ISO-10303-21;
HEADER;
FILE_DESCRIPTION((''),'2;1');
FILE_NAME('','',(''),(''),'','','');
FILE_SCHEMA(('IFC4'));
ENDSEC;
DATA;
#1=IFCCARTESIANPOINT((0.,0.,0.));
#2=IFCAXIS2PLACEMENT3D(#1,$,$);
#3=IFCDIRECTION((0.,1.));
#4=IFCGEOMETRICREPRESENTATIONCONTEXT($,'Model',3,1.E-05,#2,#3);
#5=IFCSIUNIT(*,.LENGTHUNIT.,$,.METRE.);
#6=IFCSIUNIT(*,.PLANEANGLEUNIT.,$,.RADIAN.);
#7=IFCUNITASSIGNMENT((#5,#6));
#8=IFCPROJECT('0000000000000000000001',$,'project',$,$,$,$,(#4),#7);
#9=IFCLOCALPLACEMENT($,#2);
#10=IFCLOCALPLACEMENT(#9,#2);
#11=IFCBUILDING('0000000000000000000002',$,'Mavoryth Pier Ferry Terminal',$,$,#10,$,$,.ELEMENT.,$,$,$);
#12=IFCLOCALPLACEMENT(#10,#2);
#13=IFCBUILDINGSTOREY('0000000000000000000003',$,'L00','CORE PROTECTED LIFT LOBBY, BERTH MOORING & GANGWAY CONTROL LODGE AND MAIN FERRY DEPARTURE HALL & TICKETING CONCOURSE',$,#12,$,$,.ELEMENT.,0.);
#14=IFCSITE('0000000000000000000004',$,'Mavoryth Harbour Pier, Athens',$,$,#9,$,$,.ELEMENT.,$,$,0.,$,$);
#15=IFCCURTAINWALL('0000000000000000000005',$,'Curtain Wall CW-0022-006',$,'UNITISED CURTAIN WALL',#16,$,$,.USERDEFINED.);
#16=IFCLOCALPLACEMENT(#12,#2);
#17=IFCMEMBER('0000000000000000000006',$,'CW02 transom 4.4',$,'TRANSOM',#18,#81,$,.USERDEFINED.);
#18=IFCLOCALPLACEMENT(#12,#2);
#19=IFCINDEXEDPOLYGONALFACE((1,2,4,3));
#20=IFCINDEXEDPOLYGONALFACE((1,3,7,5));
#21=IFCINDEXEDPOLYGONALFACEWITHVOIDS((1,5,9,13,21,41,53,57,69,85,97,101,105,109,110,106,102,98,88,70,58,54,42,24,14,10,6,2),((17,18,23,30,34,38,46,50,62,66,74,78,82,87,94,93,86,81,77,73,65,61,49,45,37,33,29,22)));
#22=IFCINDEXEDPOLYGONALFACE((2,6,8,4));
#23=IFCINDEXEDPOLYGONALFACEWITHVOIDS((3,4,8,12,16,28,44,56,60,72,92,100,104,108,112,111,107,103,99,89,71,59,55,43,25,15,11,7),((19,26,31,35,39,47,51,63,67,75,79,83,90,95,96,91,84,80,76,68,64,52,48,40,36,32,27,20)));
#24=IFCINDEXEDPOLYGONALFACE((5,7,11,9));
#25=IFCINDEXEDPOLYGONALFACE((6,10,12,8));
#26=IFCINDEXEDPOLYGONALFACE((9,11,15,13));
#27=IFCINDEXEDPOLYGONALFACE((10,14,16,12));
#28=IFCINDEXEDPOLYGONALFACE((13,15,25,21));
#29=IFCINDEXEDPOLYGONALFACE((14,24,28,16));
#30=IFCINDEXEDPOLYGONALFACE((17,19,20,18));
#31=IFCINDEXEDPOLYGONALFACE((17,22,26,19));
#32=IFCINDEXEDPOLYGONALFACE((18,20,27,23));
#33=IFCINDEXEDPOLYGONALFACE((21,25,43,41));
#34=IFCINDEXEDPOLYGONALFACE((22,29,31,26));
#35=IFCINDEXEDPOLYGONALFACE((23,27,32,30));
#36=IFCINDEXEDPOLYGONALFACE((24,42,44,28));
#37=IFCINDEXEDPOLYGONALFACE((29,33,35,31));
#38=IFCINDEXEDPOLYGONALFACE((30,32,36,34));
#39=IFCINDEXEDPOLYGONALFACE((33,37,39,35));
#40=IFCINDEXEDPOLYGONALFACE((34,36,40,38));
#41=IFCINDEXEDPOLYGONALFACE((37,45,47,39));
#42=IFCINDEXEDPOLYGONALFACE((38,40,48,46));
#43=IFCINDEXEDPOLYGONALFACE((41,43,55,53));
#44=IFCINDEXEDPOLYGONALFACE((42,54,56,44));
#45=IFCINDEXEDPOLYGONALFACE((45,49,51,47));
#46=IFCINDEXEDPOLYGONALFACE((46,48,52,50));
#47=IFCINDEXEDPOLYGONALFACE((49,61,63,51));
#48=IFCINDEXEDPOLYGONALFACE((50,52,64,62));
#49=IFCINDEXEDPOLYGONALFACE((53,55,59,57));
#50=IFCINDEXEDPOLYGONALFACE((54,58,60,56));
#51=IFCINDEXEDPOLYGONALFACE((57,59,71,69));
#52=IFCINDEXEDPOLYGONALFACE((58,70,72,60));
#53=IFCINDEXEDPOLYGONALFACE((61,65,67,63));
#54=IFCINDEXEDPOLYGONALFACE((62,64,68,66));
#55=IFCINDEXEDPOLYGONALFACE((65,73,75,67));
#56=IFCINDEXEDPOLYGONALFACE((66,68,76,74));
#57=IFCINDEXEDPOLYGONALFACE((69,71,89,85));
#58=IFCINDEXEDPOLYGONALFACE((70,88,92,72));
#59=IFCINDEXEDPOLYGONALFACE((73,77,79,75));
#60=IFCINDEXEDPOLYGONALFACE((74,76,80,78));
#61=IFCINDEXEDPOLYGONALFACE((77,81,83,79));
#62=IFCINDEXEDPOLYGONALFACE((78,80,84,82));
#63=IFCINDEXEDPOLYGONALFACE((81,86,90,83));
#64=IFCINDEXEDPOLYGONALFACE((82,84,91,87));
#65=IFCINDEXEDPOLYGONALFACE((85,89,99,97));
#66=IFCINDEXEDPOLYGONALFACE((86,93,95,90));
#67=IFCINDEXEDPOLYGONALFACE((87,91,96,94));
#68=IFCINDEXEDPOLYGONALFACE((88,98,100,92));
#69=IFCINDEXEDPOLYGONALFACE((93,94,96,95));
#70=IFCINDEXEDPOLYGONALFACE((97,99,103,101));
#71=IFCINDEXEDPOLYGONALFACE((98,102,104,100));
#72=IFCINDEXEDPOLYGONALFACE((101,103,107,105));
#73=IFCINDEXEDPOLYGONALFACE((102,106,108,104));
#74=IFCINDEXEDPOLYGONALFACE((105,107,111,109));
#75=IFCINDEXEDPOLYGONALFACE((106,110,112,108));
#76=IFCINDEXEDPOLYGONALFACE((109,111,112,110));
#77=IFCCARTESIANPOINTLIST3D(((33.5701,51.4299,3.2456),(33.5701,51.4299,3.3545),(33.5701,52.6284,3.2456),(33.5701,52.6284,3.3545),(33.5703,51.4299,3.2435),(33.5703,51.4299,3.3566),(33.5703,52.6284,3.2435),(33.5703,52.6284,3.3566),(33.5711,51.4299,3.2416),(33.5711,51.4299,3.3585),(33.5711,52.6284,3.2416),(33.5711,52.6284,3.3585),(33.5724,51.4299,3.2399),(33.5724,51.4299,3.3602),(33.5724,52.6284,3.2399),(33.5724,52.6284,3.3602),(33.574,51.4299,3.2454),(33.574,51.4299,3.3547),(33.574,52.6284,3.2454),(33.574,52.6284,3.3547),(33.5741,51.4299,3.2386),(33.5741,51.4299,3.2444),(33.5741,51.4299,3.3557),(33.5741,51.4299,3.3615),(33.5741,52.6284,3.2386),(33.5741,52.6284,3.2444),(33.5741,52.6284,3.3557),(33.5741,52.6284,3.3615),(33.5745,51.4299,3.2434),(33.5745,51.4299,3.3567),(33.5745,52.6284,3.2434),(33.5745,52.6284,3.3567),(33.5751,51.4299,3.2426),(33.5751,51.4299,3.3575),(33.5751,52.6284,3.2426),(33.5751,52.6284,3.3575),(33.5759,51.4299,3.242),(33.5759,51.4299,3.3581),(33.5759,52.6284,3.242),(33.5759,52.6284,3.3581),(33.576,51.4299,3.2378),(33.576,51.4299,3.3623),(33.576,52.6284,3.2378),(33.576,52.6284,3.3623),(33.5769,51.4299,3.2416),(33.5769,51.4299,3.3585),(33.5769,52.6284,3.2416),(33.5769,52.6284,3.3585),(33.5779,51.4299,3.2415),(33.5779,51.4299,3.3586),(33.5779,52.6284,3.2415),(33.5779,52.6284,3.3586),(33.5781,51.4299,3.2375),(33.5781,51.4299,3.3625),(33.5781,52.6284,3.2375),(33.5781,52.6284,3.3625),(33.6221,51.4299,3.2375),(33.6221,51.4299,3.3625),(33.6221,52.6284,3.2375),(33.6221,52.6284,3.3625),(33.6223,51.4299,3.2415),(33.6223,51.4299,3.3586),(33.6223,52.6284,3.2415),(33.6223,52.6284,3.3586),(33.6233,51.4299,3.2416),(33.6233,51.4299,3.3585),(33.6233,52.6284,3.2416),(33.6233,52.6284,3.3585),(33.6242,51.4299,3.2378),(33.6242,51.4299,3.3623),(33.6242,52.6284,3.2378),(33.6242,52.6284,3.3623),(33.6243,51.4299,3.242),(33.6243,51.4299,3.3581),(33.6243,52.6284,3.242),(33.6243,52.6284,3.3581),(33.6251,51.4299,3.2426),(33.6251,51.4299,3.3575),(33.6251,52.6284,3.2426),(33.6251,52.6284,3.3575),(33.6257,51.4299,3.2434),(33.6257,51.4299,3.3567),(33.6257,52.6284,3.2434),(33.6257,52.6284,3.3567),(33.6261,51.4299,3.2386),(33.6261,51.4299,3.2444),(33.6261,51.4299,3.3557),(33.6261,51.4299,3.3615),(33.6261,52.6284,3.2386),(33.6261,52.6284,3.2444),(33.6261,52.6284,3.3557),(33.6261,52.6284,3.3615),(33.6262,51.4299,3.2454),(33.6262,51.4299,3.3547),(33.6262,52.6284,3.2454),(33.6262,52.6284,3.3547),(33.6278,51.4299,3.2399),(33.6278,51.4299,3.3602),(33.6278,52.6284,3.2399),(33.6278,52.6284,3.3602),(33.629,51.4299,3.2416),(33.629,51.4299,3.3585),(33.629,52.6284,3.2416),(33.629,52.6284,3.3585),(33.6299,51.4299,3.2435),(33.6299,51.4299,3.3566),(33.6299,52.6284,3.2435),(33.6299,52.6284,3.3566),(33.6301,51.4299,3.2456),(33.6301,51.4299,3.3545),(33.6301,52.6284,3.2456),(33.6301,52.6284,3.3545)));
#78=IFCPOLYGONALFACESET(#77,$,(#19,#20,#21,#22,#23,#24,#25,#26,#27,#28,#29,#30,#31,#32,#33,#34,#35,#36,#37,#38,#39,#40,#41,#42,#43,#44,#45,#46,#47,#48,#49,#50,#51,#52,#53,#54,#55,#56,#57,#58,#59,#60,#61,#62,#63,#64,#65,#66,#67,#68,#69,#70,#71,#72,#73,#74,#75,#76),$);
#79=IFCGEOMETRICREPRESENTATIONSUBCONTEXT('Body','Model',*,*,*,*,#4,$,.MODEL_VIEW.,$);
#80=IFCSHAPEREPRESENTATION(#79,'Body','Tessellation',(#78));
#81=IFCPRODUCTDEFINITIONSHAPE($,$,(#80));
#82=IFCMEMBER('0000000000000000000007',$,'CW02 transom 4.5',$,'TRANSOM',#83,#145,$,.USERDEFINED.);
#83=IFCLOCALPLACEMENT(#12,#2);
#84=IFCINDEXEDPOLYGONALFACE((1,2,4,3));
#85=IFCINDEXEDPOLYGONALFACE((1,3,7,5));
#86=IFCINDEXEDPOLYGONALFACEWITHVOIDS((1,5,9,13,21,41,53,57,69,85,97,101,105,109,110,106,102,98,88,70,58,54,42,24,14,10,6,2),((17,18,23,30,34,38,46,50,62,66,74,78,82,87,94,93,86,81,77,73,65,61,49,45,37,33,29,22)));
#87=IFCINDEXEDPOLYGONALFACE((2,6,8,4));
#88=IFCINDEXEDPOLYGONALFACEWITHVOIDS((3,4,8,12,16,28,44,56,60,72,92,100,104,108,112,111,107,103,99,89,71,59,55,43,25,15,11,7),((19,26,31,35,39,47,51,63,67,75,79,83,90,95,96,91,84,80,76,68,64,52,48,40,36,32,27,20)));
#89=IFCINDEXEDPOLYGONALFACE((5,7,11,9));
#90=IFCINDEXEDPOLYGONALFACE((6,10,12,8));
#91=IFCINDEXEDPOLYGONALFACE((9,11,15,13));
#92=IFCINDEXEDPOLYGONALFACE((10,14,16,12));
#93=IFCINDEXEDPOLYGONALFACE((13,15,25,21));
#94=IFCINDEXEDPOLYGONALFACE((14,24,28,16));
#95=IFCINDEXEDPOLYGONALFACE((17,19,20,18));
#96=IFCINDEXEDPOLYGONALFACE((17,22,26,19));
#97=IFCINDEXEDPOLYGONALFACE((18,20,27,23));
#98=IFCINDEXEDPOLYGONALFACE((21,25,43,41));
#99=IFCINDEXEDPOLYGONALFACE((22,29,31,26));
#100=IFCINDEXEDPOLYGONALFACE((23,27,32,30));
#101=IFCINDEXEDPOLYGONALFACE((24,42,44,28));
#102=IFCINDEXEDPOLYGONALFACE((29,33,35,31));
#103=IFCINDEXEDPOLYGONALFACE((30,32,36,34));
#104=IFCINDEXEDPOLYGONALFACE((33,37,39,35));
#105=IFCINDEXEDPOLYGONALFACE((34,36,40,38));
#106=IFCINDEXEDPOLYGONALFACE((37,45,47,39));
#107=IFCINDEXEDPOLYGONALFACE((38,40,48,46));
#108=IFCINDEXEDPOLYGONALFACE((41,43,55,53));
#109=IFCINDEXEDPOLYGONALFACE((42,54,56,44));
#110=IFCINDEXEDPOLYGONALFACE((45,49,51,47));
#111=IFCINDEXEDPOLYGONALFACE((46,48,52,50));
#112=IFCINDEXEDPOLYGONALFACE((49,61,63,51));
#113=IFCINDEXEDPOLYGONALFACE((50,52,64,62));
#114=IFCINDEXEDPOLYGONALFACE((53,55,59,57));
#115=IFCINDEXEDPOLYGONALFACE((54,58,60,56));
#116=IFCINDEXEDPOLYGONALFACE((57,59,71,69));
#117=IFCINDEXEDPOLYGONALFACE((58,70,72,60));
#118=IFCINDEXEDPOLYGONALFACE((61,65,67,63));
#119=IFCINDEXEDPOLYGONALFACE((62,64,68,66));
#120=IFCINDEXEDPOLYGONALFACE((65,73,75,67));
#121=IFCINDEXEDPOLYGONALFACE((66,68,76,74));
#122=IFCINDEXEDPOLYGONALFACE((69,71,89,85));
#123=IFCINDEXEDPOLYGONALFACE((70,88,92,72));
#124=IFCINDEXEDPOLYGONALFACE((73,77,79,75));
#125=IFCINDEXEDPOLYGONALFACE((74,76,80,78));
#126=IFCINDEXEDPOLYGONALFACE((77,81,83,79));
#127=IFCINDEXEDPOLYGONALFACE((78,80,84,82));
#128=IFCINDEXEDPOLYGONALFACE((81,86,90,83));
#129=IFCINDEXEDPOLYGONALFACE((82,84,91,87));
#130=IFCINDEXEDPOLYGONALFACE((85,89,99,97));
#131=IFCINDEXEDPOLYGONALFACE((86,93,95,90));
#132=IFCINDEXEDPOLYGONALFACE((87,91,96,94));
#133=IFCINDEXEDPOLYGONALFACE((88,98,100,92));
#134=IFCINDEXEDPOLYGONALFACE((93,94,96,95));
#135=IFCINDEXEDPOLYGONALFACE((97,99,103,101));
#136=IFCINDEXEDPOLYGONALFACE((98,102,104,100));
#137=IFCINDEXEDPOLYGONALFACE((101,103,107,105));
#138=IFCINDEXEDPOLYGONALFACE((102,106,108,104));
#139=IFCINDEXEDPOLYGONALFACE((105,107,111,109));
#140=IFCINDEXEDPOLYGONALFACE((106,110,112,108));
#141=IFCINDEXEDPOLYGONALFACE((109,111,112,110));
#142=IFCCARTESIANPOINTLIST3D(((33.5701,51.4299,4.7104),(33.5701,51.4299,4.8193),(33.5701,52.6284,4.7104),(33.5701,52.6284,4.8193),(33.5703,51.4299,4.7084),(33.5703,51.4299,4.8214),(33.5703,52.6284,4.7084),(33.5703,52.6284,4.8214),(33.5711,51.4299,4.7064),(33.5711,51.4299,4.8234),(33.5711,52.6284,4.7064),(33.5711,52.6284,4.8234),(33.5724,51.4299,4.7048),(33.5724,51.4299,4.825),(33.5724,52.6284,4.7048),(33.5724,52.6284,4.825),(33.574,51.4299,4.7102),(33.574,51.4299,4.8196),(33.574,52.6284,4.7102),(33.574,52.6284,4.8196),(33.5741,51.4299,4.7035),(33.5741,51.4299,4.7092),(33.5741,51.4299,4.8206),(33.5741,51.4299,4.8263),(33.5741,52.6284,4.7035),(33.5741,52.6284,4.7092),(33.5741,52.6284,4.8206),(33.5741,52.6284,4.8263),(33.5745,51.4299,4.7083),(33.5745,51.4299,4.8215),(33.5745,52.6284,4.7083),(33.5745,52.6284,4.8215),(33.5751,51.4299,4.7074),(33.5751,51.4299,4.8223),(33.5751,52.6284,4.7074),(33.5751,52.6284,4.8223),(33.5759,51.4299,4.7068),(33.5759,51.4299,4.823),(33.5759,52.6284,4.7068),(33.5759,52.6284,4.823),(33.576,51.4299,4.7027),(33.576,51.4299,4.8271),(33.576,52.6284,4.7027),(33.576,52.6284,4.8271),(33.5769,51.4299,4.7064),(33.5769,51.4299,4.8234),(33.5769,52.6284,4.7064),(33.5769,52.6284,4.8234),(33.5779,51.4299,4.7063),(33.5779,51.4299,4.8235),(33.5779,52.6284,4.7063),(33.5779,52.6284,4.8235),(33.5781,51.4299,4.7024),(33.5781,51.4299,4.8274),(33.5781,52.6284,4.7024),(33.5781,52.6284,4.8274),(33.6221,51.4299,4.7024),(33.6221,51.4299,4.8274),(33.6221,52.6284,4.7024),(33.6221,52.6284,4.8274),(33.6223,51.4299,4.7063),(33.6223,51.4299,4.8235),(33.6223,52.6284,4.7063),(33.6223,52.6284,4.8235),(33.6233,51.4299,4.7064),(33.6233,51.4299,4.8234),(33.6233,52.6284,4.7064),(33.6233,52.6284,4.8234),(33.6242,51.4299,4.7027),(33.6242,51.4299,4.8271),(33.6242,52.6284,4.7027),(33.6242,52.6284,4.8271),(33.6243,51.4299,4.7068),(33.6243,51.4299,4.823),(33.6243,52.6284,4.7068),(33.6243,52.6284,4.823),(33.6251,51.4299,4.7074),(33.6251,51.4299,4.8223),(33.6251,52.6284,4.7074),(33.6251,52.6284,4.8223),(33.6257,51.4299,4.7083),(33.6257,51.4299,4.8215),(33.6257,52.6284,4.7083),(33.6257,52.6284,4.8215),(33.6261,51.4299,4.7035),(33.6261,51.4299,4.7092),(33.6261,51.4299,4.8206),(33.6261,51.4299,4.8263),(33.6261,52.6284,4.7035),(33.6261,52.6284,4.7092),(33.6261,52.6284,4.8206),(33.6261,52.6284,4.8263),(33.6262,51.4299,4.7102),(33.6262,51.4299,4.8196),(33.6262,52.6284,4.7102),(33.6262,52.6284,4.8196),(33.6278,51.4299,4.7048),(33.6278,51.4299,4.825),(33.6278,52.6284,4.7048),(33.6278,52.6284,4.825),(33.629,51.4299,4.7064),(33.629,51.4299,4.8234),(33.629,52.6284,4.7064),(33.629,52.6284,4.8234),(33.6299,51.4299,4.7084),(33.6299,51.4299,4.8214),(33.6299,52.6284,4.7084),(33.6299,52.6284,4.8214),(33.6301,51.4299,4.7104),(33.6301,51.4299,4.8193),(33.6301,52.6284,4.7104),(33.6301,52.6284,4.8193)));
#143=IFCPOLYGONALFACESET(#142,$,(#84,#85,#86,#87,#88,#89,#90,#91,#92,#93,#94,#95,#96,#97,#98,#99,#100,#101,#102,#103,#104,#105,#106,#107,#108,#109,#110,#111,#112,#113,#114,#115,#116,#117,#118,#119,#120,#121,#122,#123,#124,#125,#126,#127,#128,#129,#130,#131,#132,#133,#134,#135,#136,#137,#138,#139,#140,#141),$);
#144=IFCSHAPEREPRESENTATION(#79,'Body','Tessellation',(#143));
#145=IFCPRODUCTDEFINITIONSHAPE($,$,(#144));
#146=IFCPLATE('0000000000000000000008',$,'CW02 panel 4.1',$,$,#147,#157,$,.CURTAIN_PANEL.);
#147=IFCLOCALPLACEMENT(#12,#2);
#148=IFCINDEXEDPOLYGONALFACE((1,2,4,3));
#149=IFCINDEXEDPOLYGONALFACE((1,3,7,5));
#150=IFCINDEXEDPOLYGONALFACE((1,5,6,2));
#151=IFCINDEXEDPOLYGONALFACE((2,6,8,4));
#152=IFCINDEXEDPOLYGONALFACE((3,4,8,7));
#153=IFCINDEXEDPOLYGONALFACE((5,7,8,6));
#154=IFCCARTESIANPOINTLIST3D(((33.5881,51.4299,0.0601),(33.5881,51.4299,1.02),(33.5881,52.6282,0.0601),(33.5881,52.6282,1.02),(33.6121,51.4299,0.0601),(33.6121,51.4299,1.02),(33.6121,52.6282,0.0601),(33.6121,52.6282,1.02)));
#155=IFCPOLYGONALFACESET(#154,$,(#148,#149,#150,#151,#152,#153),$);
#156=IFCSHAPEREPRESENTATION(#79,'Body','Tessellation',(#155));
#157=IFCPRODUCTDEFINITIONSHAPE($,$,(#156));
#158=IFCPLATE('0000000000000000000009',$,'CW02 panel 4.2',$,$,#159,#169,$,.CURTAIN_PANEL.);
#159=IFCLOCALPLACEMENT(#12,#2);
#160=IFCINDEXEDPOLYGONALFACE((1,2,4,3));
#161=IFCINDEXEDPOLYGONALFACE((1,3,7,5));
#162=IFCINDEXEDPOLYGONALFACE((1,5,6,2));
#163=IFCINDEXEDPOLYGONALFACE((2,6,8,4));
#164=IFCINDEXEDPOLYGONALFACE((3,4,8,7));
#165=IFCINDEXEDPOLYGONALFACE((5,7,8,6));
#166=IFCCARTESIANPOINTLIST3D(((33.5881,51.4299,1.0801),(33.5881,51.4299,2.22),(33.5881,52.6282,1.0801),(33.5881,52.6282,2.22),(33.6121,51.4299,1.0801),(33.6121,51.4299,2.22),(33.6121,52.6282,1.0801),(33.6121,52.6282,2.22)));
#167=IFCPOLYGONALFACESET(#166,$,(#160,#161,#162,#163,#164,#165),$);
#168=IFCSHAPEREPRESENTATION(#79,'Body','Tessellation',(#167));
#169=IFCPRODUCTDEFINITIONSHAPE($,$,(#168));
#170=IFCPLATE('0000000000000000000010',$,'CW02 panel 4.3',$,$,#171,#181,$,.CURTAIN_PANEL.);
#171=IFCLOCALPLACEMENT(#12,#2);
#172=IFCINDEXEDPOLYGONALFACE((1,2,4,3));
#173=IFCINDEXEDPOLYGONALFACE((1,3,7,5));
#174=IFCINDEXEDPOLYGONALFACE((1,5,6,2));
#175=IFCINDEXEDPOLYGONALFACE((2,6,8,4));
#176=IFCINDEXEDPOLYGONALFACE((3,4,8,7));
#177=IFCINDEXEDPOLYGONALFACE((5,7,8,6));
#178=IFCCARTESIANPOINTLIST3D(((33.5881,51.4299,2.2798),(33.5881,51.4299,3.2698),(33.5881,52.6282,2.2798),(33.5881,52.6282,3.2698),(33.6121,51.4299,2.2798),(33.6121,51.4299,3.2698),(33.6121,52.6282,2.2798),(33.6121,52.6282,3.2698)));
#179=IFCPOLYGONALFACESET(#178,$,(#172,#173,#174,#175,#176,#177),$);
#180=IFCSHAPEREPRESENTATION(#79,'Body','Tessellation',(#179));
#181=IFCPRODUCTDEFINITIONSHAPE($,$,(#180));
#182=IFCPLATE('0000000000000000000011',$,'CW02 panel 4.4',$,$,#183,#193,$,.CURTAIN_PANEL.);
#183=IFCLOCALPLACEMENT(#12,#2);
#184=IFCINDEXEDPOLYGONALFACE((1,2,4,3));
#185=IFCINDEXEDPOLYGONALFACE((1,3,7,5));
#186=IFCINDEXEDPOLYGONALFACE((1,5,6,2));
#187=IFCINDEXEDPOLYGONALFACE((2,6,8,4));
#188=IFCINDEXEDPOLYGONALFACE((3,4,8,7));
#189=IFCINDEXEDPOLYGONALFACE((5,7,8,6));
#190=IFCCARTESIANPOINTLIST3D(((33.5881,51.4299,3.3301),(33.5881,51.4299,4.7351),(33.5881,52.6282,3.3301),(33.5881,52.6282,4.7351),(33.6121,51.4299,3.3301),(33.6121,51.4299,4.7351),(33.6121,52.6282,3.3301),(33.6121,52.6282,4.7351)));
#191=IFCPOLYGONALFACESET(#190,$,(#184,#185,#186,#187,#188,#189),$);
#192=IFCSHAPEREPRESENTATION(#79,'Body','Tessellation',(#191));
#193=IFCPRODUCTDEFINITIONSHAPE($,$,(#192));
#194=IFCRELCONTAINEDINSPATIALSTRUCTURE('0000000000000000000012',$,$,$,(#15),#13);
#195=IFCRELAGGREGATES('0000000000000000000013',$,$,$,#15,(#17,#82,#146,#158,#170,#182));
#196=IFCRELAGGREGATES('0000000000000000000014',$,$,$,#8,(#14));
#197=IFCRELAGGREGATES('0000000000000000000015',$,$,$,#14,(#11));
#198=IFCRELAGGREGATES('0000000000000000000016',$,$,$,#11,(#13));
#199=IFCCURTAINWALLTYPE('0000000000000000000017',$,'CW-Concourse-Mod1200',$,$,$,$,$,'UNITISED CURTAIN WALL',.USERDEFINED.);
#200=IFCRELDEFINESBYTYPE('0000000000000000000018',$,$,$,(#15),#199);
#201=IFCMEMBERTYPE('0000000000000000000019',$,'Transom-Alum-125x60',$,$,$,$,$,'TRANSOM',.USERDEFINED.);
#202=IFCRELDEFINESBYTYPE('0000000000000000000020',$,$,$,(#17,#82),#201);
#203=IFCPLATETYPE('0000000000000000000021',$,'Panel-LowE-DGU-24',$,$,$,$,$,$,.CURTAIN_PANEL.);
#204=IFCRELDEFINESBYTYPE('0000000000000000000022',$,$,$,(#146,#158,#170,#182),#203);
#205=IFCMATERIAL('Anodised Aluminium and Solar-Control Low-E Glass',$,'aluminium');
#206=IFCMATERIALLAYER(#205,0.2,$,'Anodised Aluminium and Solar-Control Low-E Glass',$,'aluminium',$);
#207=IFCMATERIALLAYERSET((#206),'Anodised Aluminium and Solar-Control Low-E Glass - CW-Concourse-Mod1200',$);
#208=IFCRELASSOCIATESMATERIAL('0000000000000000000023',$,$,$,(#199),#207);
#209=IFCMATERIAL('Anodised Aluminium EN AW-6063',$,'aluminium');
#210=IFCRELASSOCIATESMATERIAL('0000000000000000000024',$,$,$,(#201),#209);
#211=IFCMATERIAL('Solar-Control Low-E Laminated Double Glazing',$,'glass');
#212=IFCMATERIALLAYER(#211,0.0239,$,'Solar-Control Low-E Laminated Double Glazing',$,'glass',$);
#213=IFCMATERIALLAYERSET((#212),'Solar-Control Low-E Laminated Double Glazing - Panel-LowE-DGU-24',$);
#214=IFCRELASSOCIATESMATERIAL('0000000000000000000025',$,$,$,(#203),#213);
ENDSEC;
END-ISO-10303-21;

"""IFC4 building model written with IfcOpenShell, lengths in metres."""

from ifc_helpers import new_model, si_unit, direction, frame, origin, origin_2d, place, context, subcontext, project, spatial, rectangle, hollow_rectangle, extrude, material, layer, layer_set, material_profile, profile_set, type_object, element, aggregate, save


model = new_model("IFC4")

# Units and contexts
model_context = context("Model", 3, precision=1e-05, world=origin(), true_north=direction((0.0, 1.0)))
body_context = subcontext(model_context, "Body", "Model", "MODEL_VIEW")
ifc_project = project(units=[si_unit("LENGTHUNIT", "METRE"), si_unit("PLANEANGLEUNIT", "RADIAN")], contexts=[model_context])

# Site, building, storey
site_placement = place(None, origin())
site = spatial("IfcSite", under=ifc_project, at=site_placement, Name="Mavoryth Harbour Pier, Athens", CompositionType="ELEMENT", RefElevation=0.0)
building_placement = place(site_placement, origin())
building = spatial("IfcBuilding", under=site, at=building_placement, Name="Mavoryth Pier Ferry Terminal", CompositionType="ELEMENT")
storey_placement = place(building_placement, origin())
storey = spatial("IfcBuildingStorey", under=building, at=storey_placement, Name="L00", Description="CORE PROTECTED LIFT LOBBY, BERTH MOORING & GANGWAY CONTROL LODGE AND MAIN FERRY DEPARTURE HALL & TICKETING CONCOURSE", CompositionType="ELEMENT", Elevation=0.0)

# Curtain wall, members, plates
ifc_material_1 = material(Name="Anodised Aluminium and Solar-Control Low-E Glass", Category="aluminium")
ifc_layer_1 = layer(ifc_material_1, 0.2, Name="Anodised Aluminium and Solar-Control Low-E Glass", Category="aluminium")
ifc_layer_set_1 = layer_set([ifc_layer_1], Name="Anodised Aluminium and Solar-Control Low-E Glass - CW-Concourse-Mod1200")
curtain_wall_type = type_object("IfcCurtainWallType", Name="CW-Concourse-Mod1200", ElementType="UNITISED CURTAIN WALL", PredefinedType="USERDEFINED", material=ifc_layer_set_1)
curtain_wall_placement = place(storey_placement, origin())
curtain_wall = element("IfcCurtainWall", 1, at=curtain_wall_placement, inside=storey, type_object=curtain_wall_type, Name="Curtain Wall CW-0022-006", ObjectType="UNITISED CURTAIN WALL", PredefinedType="USERDEFINED")
ifc_material_2 = material(Name="Anodised Aluminium EN AW-6063", Category="aluminium")
ifc_material_profile_1 = material_profile(ifc_material_2, hollow_rectangle(XDim=0.0601, YDim=0.125, WallThickness=0.0039, InnerFilletRadius=0.0039, OuterFilletRadius=0.0081, at=origin_2d()), Name="AL-TRAN 125x60x4", Category="aluminium")
ifc_profile_set_1 = profile_set([ifc_material_profile_1], Name="Anodised Aluminium EN AW-6063 - AL-TRAN 125x60x4")
member_type_1 = type_object("IfcMemberType", Name="Transom-Alum-125x60", ElementType="TRANSOM", PredefinedType="USERDEFINED", material=ifc_profile_set_1)
member_1_placement = place(storey_placement, frame((33.6001, 51.4299, 3.3), z_axis=(0.0, 1.0, 0.0), x_axis=(-1.0, 0.0, 0.0)))
member_1 = element("IfcMember", 2, at=member_1_placement, type_object=member_type_1, Name="CW02 transom 4.4", ObjectType="TRANSOM", PredefinedType="USERDEFINED", context=body_context, shape_type="SweptSolid", body=[
    extrude(hollow_rectangle(XDim=0.0601, YDim=0.125, WallThickness=0.0039, InnerFilletRadius=0.0039, OuterFilletRadius=0.0081, at=origin_2d()), origin(), (0.0, 0.0, 1.0), 1.1985),
])
member_2_placement = place(storey_placement, frame((33.6001, 51.4299, 4.7649), z_axis=(0.0, 1.0, 0.0), x_axis=(-1.0, 0.0, 0.0)))
member_2 = element("IfcMember", 3, at=member_2_placement, type_object=member_type_1, Name="CW02 transom 4.5", ObjectType="TRANSOM", PredefinedType="USERDEFINED", context=body_context, shape_type="SweptSolid", body=[
    extrude(hollow_rectangle(XDim=0.0601, YDim=0.125, WallThickness=0.0039, InnerFilletRadius=0.0039, OuterFilletRadius=0.0081, at=origin_2d()), origin(), (0.0, 0.0, 1.0), 1.1985),
])
ifc_material_3 = material(Name="Solar-Control Low-E Laminated Double Glazing", Category="glass")
ifc_layer_2 = layer(ifc_material_3, 0.0239, Name="Solar-Control Low-E Laminated Double Glazing", Category="glass")
ifc_layer_set_2 = layer_set([ifc_layer_2], Name="Solar-Control Low-E Laminated Double Glazing - Panel-LowE-DGU-24")
plate_type = type_object("IfcPlateType", Name="Panel-LowE-DGU-24", PredefinedType="CURTAIN_PANEL", material=ifc_layer_set_2)
plate_1_placement = place(storey_placement, frame((33.6001, 52.0291, 0.0601), z_axis=(0.0, 0.0, 1.0), x_axis=(0.0, 1.0, 0.0)))
plate_1 = element("IfcPlate", 4, at=plate_1_placement, type_object=plate_type, Name="CW02 panel 4.1", PredefinedType="CURTAIN_PANEL", context=body_context, shape_type="SweptSolid", body=[
    extrude(rectangle(XDim=1.1982, YDim=0.0239, at=origin_2d()), origin(), (0.0, 0.0, 1.0), 0.96),
])
plate_2_placement = place(storey_placement, frame((33.6001, 52.0291, 1.0801), z_axis=(0.0, 0.0, 1.0), x_axis=(0.0, 1.0, 0.0)))
plate_2 = element("IfcPlate", 5, at=plate_2_placement, type_object=plate_type, Name="CW02 panel 4.2", PredefinedType="CURTAIN_PANEL", context=body_context, shape_type="SweptSolid", body=[
    extrude(rectangle(XDim=1.1982, YDim=0.0239, at=origin_2d()), origin(), (0.0, 0.0, 1.0), 1.1399),
])
plate_3_placement = place(storey_placement, frame((33.6001, 52.0291, 2.2798), z_axis=(0.0, 0.0, 1.0), x_axis=(0.0, 1.0, 0.0)))
plate_3 = element("IfcPlate", 6, at=plate_3_placement, type_object=plate_type, Name="CW02 panel 4.3", PredefinedType="CURTAIN_PANEL", context=body_context, shape_type="SweptSolid", body=[
    extrude(rectangle(XDim=1.1982, YDim=0.0239, at=origin_2d()), origin(), (0.0, 0.0, 1.0), 0.99),
])
plate_4_placement = place(storey_placement, frame((33.6001, 52.0291, 3.3301), z_axis=(0.0, 0.0, 1.0), x_axis=(0.0, 1.0, 0.0)))
plate_4 = element("IfcPlate", 7, at=plate_4_placement, type_object=plate_type, Name="CW02 panel 4.4", PredefinedType="CURTAIN_PANEL", context=body_context, shape_type="SweptSolid", body=[
    extrude(rectangle(XDim=1.1982, YDim=0.0239, at=origin_2d()), origin(), (0.0, 0.0, 1.0), 1.405),
])
aggregate(curtain_wall, [member_1, member_2, plate_1, plate_2, plate_3, plate_4])

save(model, "model.ifc")
